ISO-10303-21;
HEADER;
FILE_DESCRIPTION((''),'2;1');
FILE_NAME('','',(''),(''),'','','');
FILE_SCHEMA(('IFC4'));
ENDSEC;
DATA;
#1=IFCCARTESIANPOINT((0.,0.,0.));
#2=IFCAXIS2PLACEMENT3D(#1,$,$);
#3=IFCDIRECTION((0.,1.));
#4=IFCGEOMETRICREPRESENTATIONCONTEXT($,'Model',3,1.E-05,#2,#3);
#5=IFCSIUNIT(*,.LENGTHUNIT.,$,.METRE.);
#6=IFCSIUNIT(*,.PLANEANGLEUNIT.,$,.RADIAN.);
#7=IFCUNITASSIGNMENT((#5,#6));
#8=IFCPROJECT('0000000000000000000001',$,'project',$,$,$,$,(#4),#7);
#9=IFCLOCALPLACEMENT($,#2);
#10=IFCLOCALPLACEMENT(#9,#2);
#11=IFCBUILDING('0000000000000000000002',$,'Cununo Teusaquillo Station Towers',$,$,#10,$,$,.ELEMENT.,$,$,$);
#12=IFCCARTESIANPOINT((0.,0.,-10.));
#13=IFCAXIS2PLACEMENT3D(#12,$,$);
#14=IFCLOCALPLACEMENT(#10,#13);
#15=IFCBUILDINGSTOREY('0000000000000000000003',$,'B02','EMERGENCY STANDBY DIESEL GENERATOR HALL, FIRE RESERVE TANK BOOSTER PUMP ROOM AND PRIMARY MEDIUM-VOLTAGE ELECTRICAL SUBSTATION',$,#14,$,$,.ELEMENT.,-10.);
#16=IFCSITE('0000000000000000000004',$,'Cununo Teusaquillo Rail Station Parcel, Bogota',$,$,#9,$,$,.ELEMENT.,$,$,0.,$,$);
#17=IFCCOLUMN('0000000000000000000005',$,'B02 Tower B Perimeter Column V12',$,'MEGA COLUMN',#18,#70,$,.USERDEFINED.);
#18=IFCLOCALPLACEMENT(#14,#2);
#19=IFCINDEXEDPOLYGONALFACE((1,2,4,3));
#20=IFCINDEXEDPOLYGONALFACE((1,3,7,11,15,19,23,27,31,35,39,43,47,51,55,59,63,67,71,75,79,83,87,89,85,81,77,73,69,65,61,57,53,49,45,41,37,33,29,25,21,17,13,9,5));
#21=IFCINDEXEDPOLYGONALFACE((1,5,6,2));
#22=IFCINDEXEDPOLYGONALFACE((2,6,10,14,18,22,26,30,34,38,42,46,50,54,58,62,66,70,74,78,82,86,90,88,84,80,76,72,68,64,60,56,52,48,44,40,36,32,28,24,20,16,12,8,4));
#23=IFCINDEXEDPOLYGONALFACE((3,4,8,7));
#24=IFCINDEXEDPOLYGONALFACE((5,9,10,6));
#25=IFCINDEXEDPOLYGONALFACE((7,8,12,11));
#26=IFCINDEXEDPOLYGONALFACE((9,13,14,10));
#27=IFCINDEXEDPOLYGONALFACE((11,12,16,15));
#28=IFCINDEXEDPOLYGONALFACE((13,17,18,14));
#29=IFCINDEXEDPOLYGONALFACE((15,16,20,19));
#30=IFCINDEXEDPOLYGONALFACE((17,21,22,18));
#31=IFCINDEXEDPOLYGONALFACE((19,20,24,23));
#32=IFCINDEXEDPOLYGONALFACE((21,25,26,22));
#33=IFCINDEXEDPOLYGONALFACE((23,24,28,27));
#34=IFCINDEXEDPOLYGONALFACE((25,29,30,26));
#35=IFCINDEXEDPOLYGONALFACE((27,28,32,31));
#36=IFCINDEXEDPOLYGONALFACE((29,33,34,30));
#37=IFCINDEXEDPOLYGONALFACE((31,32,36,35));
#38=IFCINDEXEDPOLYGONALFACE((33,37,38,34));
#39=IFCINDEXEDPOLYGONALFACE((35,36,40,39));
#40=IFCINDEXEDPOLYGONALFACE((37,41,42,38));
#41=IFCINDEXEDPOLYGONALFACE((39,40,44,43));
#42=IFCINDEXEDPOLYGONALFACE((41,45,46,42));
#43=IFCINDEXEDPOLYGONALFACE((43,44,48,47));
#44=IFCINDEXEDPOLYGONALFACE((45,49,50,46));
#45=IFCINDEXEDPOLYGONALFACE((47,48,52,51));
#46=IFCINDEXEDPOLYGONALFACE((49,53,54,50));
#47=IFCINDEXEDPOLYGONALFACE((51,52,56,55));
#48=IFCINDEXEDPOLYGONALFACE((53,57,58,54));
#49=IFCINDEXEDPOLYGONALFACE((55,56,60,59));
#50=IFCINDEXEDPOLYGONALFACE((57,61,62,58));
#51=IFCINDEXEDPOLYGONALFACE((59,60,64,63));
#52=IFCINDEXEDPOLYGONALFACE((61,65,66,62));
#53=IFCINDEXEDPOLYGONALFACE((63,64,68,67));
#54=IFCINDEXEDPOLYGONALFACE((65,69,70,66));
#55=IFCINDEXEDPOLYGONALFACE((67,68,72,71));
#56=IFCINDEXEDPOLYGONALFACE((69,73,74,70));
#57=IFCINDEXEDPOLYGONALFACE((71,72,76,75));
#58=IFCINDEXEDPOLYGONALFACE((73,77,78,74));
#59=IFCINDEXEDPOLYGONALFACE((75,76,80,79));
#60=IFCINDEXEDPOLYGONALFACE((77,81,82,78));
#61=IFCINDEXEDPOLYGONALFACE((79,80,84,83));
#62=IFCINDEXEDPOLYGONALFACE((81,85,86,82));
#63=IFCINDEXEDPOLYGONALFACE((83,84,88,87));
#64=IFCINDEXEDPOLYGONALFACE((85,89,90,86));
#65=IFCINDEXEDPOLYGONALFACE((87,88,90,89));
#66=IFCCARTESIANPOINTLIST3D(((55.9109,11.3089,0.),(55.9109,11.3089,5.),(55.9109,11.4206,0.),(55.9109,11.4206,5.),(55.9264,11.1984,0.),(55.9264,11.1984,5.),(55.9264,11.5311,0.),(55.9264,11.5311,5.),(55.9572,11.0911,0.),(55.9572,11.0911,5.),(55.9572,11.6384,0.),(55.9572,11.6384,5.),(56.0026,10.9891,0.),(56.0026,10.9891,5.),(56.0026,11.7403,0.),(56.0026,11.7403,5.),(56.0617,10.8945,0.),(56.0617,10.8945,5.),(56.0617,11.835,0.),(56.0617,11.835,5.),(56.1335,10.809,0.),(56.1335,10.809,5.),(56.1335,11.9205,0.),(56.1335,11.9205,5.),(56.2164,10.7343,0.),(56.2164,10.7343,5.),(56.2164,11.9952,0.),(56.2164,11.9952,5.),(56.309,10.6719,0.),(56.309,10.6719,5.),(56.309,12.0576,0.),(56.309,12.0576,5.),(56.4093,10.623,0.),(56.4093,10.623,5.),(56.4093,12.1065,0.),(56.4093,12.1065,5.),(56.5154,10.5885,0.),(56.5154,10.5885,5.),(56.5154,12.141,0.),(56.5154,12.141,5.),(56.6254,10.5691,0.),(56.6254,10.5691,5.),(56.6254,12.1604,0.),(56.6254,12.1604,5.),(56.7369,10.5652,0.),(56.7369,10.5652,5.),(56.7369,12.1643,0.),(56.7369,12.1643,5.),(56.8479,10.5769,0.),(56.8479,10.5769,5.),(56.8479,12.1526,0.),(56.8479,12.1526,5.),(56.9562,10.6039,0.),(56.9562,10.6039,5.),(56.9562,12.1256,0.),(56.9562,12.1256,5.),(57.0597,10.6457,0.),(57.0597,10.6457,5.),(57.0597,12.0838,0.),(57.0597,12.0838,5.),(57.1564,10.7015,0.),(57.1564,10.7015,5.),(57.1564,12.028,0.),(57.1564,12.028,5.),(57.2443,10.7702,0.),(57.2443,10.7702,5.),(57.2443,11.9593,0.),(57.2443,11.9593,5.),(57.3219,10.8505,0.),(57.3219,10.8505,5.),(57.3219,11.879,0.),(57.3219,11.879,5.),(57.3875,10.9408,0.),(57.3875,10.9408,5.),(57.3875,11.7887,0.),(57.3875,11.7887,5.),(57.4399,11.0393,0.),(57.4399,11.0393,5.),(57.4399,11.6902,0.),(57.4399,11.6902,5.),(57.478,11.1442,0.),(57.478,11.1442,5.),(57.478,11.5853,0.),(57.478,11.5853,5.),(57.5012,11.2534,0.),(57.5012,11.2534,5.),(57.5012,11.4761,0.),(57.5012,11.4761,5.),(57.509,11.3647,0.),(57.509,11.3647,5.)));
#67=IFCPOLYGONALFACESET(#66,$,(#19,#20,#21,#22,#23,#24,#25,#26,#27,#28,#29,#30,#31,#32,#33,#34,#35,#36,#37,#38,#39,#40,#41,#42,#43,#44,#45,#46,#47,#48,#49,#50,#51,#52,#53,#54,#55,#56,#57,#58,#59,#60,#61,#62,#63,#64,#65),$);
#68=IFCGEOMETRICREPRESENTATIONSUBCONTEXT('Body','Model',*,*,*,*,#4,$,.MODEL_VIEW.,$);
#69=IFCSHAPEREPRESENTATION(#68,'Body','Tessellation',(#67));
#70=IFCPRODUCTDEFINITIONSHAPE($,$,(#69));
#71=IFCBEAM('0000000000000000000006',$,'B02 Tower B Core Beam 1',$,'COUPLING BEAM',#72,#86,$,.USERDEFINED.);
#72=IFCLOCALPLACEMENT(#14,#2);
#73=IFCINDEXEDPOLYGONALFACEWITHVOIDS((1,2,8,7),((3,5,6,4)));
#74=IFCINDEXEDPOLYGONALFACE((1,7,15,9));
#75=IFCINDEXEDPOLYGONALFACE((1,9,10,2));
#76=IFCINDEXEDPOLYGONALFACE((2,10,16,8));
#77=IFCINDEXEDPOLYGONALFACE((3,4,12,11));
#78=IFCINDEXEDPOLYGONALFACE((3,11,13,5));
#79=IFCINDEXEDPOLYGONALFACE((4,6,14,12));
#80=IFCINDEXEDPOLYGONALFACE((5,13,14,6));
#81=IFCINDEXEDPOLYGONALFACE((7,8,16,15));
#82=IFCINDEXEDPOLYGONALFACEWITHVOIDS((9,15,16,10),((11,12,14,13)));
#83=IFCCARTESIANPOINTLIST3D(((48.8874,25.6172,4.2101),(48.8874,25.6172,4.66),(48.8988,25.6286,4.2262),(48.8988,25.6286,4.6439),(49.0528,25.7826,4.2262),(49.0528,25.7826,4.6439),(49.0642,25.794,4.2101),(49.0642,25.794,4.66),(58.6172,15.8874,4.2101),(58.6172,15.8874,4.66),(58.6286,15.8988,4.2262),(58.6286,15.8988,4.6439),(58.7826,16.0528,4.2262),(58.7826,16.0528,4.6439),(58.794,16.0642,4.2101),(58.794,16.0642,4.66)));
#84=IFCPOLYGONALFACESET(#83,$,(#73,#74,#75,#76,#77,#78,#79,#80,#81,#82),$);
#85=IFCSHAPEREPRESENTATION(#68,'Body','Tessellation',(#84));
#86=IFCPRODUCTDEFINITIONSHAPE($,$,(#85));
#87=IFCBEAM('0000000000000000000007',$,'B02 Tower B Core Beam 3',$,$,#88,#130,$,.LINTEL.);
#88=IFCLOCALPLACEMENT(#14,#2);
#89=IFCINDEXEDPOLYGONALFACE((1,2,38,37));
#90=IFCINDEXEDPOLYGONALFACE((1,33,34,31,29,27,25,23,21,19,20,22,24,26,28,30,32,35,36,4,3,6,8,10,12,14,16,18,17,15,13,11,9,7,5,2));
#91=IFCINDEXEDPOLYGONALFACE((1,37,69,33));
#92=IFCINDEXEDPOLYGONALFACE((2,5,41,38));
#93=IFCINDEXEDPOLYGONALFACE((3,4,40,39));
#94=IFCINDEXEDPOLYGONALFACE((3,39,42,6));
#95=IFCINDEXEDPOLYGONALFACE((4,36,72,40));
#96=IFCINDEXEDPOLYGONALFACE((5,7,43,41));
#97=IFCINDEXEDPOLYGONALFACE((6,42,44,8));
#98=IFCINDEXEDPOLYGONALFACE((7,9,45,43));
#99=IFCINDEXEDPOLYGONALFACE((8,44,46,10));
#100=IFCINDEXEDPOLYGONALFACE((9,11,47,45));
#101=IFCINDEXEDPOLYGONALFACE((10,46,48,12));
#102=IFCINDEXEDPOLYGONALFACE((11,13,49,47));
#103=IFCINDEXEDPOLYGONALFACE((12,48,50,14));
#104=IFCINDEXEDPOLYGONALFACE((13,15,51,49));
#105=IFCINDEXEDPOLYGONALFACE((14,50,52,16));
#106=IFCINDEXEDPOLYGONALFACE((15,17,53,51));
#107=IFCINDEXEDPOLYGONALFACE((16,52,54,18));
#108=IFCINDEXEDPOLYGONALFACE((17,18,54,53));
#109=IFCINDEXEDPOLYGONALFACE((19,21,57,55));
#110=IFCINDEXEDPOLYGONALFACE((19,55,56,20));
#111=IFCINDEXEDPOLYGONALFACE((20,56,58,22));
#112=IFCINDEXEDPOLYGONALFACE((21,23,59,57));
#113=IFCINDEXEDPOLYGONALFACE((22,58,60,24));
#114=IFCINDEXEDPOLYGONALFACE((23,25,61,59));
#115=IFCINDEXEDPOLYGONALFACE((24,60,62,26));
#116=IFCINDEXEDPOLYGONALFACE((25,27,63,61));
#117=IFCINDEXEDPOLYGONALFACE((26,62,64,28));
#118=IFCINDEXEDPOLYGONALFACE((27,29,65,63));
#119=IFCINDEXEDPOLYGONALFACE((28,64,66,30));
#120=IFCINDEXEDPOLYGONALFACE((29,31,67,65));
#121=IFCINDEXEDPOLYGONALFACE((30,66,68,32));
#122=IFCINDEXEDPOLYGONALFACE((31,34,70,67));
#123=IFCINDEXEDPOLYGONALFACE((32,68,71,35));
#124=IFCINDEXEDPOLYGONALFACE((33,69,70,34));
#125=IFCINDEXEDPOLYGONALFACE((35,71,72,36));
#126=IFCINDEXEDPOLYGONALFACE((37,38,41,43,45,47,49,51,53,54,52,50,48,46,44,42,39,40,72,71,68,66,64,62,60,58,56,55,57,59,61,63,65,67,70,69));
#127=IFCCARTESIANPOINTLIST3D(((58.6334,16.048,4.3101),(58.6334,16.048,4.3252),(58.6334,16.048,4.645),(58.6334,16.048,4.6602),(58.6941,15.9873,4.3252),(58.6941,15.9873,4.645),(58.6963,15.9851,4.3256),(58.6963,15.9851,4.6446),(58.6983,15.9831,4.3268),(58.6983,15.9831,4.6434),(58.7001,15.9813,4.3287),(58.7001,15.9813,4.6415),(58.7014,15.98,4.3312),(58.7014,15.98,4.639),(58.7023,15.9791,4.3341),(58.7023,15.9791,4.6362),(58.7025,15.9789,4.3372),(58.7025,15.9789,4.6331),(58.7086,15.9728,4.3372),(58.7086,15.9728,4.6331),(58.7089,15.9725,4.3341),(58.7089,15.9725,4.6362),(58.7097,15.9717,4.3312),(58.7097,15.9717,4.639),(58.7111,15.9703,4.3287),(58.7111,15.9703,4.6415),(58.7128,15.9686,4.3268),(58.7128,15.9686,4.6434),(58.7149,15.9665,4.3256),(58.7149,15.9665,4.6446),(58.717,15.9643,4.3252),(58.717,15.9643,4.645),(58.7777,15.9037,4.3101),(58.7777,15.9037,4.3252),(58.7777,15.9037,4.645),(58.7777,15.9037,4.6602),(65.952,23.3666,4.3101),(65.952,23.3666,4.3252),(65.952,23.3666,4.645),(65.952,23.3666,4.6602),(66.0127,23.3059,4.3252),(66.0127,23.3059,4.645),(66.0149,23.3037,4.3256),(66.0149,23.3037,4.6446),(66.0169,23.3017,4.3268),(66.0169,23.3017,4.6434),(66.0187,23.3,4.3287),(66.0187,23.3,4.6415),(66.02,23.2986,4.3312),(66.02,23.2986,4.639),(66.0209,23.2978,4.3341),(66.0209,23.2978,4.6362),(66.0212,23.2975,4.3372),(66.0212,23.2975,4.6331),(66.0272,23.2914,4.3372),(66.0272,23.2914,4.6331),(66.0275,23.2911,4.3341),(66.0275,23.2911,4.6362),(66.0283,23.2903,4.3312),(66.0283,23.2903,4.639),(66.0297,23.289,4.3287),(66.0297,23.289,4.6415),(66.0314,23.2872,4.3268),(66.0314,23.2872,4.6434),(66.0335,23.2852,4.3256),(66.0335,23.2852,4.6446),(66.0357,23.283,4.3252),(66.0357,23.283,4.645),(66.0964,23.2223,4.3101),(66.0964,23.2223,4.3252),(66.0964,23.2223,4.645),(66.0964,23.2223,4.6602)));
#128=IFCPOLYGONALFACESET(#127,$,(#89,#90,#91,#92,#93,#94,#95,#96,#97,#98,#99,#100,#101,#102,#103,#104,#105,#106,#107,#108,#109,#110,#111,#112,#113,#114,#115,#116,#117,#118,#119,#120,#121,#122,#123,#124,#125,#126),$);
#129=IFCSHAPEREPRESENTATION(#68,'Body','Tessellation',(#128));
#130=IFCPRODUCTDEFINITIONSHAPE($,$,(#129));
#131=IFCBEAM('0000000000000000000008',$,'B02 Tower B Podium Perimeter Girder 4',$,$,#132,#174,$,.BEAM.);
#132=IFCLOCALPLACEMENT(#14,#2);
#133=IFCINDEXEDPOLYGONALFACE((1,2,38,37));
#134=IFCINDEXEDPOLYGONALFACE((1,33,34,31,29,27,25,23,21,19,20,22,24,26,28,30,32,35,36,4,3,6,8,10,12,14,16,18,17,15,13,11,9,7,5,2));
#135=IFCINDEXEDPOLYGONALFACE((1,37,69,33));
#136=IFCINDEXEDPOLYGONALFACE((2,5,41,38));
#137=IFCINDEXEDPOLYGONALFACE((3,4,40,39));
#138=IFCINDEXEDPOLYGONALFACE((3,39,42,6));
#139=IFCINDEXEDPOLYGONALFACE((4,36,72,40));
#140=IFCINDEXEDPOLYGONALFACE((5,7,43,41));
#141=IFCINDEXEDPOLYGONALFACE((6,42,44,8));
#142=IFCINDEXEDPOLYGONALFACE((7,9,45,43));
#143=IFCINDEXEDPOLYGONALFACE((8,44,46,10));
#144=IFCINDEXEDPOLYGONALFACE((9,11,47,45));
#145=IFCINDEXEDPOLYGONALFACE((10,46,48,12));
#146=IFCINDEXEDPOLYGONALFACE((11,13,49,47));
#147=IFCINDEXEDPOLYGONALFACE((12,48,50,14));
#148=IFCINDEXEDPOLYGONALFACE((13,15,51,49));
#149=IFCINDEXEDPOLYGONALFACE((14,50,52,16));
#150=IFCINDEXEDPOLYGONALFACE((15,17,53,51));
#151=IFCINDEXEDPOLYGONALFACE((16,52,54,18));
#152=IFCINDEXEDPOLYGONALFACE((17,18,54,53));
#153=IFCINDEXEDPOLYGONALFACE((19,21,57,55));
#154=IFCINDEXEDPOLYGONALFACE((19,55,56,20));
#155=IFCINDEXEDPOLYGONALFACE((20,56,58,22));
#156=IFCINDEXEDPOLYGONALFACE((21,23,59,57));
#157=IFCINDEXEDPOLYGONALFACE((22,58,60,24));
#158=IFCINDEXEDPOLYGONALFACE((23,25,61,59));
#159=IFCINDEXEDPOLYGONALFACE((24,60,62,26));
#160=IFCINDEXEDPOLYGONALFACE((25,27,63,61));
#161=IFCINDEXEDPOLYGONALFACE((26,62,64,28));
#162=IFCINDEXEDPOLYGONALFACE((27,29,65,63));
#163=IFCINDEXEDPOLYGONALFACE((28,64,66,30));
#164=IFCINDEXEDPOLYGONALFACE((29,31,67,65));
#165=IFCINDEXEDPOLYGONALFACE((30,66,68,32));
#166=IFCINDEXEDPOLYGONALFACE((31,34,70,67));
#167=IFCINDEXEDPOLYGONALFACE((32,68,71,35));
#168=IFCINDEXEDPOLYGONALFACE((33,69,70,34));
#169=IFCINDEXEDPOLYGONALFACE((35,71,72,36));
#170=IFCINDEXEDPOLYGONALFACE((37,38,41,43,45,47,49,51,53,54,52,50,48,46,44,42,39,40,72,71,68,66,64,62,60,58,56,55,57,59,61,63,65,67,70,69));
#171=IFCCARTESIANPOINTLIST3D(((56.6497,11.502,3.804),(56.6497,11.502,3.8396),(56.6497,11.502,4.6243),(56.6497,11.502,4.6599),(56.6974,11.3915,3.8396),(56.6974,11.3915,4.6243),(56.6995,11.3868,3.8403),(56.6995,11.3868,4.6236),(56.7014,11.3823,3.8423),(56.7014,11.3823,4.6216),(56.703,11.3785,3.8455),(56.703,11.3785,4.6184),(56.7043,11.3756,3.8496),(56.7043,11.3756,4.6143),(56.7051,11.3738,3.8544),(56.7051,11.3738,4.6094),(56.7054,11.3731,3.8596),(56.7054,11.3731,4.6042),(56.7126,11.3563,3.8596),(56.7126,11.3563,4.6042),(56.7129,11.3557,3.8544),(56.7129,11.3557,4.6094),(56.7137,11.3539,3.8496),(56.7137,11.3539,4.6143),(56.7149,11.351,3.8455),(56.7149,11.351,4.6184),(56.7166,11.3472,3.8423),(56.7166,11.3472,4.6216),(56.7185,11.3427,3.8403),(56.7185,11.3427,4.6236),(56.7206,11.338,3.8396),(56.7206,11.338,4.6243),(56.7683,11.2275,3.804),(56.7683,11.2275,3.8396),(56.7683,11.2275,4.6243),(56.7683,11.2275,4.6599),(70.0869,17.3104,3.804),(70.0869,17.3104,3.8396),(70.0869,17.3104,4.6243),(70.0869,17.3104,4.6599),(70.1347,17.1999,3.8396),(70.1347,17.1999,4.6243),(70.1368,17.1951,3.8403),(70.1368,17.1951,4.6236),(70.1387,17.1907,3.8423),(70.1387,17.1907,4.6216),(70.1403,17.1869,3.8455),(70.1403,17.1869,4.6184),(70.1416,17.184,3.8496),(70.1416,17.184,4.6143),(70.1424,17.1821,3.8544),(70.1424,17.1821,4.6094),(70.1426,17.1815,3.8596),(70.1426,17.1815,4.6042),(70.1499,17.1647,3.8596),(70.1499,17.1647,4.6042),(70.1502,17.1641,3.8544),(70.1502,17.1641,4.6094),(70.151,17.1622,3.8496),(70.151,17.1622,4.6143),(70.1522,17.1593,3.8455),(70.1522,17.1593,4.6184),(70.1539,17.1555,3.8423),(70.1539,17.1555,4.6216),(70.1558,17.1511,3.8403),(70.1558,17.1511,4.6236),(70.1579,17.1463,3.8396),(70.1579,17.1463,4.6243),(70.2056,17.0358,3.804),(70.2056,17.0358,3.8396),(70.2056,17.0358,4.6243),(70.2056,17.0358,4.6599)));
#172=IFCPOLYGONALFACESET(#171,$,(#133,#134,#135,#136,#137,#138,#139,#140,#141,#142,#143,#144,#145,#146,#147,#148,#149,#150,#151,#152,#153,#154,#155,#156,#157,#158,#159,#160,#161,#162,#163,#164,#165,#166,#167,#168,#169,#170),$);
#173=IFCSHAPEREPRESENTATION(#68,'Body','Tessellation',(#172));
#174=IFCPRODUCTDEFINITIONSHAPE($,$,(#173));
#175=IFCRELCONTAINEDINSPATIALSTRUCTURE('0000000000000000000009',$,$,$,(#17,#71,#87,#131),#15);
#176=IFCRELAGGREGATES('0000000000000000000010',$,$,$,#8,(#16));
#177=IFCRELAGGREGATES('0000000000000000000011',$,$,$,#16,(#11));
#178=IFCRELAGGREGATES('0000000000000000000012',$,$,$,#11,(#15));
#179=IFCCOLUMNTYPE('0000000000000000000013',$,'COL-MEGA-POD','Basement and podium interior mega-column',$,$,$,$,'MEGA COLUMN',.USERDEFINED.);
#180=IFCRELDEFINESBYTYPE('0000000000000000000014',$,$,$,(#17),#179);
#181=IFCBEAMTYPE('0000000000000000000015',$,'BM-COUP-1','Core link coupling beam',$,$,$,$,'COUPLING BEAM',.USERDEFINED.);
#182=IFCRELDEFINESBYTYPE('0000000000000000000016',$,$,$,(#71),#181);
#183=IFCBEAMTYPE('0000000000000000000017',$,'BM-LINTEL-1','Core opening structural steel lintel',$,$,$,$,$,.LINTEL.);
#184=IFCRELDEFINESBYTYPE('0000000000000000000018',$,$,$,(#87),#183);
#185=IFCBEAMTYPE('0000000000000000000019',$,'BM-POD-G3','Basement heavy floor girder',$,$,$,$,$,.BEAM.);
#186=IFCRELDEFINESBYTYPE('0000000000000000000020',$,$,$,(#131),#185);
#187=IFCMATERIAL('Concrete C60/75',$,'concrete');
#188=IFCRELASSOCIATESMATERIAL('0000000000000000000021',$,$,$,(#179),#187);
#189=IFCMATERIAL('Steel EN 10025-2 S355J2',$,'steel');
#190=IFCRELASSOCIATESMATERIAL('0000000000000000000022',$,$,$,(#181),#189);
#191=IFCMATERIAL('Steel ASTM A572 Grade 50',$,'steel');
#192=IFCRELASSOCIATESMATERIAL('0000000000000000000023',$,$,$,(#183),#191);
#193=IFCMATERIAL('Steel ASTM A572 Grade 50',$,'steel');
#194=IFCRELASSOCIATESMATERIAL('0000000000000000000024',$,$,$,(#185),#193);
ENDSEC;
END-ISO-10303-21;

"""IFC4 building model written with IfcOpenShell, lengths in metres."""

from ifc_helpers import new_model, si_unit, direction, frame, origin, origin_2d, place, context, subcontext, project, spatial, hollow_rectangle, circle, i_section, extrude, material, material_profile, profile_set, type_object, element, save


model = new_model("IFC4")

# Units and contexts
model_context = context("Model", 3, precision=1e-05, world=origin(), true_north=direction((0.0, 1.0)))
body_context = subcontext(model_context, "Body", "Model", "MODEL_VIEW")
ifc_project = project(units=[si_unit("LENGTHUNIT", "METRE"), si_unit("PLANEANGLEUNIT", "RADIAN")], contexts=[model_context])

# Site, building, storey
site_placement = place(None, origin())
site = spatial("IfcSite", under=ifc_project, at=site_placement, Name="Cununo Teusaquillo Rail Station Parcel, Bogota", CompositionType="ELEMENT", RefElevation=0.0)
building_placement = place(site_placement, origin())
building = spatial("IfcBuilding", under=site, at=building_placement, Name="Cununo Teusaquillo Station Towers", CompositionType="ELEMENT")
storey_placement = place(building_placement, frame((0.0, 0.0, -10.0)))
storey = spatial("IfcBuildingStorey", under=building, at=storey_placement, Name="B02", Description="EMERGENCY STANDBY DIESEL GENERATOR HALL, FIRE RESERVE TANK BOOSTER PUMP ROOM AND PRIMARY MEDIUM-VOLTAGE ELECTRICAL SUBSTATION", CompositionType="ELEMENT", Elevation=-10.0)

# Column
ifc_material_1 = material(Name="Concrete C60/75", Category="concrete")
ifc_material_profile_1 = material_profile(ifc_material_1, circle(Radius=0.8, at=origin_2d()), Name="RC-CIRC-1600")
ifc_profile_set_1 = profile_set([ifc_material_profile_1], Name="Concrete C60/75")
column_type_1 = type_object("IfcColumnType", Name="COL-MEGA-POD", Description="Basement and podium interior mega-column", ElementType="MEGA COLUMN", PredefinedType="USERDEFINED", material=ifc_profile_set_1)
column_1_placement = place(storey_placement, frame((56.709, 11.3647, 0.0), z_axis=(0.0, 0.0, 1.0), x_axis=(1.0, 0.0, 0.0)))
element("IfcColumn", 1, at=column_1_placement, inside=storey, type_object=column_type_1, Name="B02 Tower B Perimeter Column V12", ObjectType="MEGA COLUMN", PredefinedType="USERDEFINED", context=body_context, shape_type="SweptSolid", body=[
    extrude(circle(Radius=0.8, at=origin_2d()), origin(), (0.0, 0.0, 1.0), 5.0),
])

# Beams
ifc_material_2 = material(Name="Steel EN 10025-2 S355J2", Category="steel")
ifc_material_profile_2 = material_profile(ifc_material_2, hollow_rectangle(XDim=0.25, YDim=0.45, WallThickness=0.0161, at=origin_2d()), Name="RHS 450x250x16")
ifc_profile_set_2 = profile_set([ifc_material_profile_2], Name="Steel EN 10025-2 S355J2")
beam_type_1 = type_object("IfcBeamType", Name="BM-COUP-1", Description="Core link coupling beam", ElementType="COUPLING BEAM", PredefinedType="USERDEFINED", material=ifc_profile_set_2)
beam_1_placement = place(storey_placement, frame((58.7056, 15.9758, 4.4351), z_axis=(-0.707107, 0.707107, 0.0), x_axis=(-0.707107, -0.707107, 0.0)))
element("IfcBeam", 2, at=beam_1_placement, inside=storey, type_object=beam_type_1, Name="B02 Tower B Core Beam 1", ObjectType="COUPLING BEAM", PredefinedType="USERDEFINED", context=body_context, shape_type="SweptSolid", body=[
    extrude(hollow_rectangle(XDim=0.25, YDim=0.45, WallThickness=0.0161, at=origin_2d()), origin(), (0.0, 0.0, 1.0), 13.76),
])
ifc_material_3 = material(Name="Steel ASTM A572 Grade 50", Category="steel")
ifc_material_profile_3 = material_profile(ifc_material_3, i_section(OverallWidth=0.2041, OverallDepth=0.3501, WebThickness=0.0085, FlangeThickness=0.0151, FilletRadius=0.012, at=origin_2d()), Name="W14X48")
ifc_profile_set_3 = profile_set([ifc_material_profile_3], Name="Steel ASTM A572 Grade 50")
beam_type_2 = type_object("IfcBeamType", Name="BM-LINTEL-1", Description="Core opening structural steel lintel", PredefinedType="LINTEL", material=ifc_profile_set_3)
beam_2_placement = place(storey_placement, frame((58.7056, 15.9758, 4.4851), z_axis=(0.707107, 0.707107, 0.0), x_axis=(-0.707107, 0.707107, 0.0)))
element("IfcBeam", 3, at=beam_2_placement, inside=storey, type_object=beam_type_2, Name="B02 Tower B Core Beam 3", PredefinedType="LINTEL", context=body_context, shape_type="SweptSolid", body=[
    extrude(i_section(OverallWidth=0.2041, OverallDepth=0.3501, WebThickness=0.0085, FlangeThickness=0.0151, FilletRadius=0.012, at=origin_2d()), origin(), (0.0, 0.0, 1.0), 10.3501),
])
ifc_material_4 = material(Name="Steel ASTM A572 Grade 50", Category="steel")
ifc_material_profile_4 = material_profile(ifc_material_4, i_section(OverallWidth=0.2991, OverallDepth=0.856, WebThickness=0.0183, FlangeThickness=0.0356, FilletRadius=0.02, at=origin_2d()), Name="W33X201")
ifc_profile_set_4 = profile_set([ifc_material_profile_4], Name="Steel ASTM A572 Grade 50")
beam_type_3 = type_object("IfcBeamType", Name="BM-POD-G3", Description="Basement heavy floor girder", PredefinedType="BEAM", material=ifc_profile_set_4)
beam_3_placement = place(storey_placement, frame((56.709, 11.3647, 4.2319), z_axis=(0.917916, 0.396776, 0.0), x_axis=(-0.396776, 0.917916, 0.0)))
element("IfcBeam", 4, at=beam_3_placement, inside=storey, type_object=beam_type_3, Name="B02 Tower B Podium Perimeter Girder 4", PredefinedType="BEAM", context=body_context, shape_type="SweptSolid", body=[
    extrude(i_section(OverallWidth=0.2991, OverallDepth=0.856, WebThickness=0.0183, FlangeThickness=0.0356, FilletRadius=0.02, at=origin_2d()), origin(), (0.0, 0.0, 1.0), 14.6389),
])

save(model, "model.ifc")
